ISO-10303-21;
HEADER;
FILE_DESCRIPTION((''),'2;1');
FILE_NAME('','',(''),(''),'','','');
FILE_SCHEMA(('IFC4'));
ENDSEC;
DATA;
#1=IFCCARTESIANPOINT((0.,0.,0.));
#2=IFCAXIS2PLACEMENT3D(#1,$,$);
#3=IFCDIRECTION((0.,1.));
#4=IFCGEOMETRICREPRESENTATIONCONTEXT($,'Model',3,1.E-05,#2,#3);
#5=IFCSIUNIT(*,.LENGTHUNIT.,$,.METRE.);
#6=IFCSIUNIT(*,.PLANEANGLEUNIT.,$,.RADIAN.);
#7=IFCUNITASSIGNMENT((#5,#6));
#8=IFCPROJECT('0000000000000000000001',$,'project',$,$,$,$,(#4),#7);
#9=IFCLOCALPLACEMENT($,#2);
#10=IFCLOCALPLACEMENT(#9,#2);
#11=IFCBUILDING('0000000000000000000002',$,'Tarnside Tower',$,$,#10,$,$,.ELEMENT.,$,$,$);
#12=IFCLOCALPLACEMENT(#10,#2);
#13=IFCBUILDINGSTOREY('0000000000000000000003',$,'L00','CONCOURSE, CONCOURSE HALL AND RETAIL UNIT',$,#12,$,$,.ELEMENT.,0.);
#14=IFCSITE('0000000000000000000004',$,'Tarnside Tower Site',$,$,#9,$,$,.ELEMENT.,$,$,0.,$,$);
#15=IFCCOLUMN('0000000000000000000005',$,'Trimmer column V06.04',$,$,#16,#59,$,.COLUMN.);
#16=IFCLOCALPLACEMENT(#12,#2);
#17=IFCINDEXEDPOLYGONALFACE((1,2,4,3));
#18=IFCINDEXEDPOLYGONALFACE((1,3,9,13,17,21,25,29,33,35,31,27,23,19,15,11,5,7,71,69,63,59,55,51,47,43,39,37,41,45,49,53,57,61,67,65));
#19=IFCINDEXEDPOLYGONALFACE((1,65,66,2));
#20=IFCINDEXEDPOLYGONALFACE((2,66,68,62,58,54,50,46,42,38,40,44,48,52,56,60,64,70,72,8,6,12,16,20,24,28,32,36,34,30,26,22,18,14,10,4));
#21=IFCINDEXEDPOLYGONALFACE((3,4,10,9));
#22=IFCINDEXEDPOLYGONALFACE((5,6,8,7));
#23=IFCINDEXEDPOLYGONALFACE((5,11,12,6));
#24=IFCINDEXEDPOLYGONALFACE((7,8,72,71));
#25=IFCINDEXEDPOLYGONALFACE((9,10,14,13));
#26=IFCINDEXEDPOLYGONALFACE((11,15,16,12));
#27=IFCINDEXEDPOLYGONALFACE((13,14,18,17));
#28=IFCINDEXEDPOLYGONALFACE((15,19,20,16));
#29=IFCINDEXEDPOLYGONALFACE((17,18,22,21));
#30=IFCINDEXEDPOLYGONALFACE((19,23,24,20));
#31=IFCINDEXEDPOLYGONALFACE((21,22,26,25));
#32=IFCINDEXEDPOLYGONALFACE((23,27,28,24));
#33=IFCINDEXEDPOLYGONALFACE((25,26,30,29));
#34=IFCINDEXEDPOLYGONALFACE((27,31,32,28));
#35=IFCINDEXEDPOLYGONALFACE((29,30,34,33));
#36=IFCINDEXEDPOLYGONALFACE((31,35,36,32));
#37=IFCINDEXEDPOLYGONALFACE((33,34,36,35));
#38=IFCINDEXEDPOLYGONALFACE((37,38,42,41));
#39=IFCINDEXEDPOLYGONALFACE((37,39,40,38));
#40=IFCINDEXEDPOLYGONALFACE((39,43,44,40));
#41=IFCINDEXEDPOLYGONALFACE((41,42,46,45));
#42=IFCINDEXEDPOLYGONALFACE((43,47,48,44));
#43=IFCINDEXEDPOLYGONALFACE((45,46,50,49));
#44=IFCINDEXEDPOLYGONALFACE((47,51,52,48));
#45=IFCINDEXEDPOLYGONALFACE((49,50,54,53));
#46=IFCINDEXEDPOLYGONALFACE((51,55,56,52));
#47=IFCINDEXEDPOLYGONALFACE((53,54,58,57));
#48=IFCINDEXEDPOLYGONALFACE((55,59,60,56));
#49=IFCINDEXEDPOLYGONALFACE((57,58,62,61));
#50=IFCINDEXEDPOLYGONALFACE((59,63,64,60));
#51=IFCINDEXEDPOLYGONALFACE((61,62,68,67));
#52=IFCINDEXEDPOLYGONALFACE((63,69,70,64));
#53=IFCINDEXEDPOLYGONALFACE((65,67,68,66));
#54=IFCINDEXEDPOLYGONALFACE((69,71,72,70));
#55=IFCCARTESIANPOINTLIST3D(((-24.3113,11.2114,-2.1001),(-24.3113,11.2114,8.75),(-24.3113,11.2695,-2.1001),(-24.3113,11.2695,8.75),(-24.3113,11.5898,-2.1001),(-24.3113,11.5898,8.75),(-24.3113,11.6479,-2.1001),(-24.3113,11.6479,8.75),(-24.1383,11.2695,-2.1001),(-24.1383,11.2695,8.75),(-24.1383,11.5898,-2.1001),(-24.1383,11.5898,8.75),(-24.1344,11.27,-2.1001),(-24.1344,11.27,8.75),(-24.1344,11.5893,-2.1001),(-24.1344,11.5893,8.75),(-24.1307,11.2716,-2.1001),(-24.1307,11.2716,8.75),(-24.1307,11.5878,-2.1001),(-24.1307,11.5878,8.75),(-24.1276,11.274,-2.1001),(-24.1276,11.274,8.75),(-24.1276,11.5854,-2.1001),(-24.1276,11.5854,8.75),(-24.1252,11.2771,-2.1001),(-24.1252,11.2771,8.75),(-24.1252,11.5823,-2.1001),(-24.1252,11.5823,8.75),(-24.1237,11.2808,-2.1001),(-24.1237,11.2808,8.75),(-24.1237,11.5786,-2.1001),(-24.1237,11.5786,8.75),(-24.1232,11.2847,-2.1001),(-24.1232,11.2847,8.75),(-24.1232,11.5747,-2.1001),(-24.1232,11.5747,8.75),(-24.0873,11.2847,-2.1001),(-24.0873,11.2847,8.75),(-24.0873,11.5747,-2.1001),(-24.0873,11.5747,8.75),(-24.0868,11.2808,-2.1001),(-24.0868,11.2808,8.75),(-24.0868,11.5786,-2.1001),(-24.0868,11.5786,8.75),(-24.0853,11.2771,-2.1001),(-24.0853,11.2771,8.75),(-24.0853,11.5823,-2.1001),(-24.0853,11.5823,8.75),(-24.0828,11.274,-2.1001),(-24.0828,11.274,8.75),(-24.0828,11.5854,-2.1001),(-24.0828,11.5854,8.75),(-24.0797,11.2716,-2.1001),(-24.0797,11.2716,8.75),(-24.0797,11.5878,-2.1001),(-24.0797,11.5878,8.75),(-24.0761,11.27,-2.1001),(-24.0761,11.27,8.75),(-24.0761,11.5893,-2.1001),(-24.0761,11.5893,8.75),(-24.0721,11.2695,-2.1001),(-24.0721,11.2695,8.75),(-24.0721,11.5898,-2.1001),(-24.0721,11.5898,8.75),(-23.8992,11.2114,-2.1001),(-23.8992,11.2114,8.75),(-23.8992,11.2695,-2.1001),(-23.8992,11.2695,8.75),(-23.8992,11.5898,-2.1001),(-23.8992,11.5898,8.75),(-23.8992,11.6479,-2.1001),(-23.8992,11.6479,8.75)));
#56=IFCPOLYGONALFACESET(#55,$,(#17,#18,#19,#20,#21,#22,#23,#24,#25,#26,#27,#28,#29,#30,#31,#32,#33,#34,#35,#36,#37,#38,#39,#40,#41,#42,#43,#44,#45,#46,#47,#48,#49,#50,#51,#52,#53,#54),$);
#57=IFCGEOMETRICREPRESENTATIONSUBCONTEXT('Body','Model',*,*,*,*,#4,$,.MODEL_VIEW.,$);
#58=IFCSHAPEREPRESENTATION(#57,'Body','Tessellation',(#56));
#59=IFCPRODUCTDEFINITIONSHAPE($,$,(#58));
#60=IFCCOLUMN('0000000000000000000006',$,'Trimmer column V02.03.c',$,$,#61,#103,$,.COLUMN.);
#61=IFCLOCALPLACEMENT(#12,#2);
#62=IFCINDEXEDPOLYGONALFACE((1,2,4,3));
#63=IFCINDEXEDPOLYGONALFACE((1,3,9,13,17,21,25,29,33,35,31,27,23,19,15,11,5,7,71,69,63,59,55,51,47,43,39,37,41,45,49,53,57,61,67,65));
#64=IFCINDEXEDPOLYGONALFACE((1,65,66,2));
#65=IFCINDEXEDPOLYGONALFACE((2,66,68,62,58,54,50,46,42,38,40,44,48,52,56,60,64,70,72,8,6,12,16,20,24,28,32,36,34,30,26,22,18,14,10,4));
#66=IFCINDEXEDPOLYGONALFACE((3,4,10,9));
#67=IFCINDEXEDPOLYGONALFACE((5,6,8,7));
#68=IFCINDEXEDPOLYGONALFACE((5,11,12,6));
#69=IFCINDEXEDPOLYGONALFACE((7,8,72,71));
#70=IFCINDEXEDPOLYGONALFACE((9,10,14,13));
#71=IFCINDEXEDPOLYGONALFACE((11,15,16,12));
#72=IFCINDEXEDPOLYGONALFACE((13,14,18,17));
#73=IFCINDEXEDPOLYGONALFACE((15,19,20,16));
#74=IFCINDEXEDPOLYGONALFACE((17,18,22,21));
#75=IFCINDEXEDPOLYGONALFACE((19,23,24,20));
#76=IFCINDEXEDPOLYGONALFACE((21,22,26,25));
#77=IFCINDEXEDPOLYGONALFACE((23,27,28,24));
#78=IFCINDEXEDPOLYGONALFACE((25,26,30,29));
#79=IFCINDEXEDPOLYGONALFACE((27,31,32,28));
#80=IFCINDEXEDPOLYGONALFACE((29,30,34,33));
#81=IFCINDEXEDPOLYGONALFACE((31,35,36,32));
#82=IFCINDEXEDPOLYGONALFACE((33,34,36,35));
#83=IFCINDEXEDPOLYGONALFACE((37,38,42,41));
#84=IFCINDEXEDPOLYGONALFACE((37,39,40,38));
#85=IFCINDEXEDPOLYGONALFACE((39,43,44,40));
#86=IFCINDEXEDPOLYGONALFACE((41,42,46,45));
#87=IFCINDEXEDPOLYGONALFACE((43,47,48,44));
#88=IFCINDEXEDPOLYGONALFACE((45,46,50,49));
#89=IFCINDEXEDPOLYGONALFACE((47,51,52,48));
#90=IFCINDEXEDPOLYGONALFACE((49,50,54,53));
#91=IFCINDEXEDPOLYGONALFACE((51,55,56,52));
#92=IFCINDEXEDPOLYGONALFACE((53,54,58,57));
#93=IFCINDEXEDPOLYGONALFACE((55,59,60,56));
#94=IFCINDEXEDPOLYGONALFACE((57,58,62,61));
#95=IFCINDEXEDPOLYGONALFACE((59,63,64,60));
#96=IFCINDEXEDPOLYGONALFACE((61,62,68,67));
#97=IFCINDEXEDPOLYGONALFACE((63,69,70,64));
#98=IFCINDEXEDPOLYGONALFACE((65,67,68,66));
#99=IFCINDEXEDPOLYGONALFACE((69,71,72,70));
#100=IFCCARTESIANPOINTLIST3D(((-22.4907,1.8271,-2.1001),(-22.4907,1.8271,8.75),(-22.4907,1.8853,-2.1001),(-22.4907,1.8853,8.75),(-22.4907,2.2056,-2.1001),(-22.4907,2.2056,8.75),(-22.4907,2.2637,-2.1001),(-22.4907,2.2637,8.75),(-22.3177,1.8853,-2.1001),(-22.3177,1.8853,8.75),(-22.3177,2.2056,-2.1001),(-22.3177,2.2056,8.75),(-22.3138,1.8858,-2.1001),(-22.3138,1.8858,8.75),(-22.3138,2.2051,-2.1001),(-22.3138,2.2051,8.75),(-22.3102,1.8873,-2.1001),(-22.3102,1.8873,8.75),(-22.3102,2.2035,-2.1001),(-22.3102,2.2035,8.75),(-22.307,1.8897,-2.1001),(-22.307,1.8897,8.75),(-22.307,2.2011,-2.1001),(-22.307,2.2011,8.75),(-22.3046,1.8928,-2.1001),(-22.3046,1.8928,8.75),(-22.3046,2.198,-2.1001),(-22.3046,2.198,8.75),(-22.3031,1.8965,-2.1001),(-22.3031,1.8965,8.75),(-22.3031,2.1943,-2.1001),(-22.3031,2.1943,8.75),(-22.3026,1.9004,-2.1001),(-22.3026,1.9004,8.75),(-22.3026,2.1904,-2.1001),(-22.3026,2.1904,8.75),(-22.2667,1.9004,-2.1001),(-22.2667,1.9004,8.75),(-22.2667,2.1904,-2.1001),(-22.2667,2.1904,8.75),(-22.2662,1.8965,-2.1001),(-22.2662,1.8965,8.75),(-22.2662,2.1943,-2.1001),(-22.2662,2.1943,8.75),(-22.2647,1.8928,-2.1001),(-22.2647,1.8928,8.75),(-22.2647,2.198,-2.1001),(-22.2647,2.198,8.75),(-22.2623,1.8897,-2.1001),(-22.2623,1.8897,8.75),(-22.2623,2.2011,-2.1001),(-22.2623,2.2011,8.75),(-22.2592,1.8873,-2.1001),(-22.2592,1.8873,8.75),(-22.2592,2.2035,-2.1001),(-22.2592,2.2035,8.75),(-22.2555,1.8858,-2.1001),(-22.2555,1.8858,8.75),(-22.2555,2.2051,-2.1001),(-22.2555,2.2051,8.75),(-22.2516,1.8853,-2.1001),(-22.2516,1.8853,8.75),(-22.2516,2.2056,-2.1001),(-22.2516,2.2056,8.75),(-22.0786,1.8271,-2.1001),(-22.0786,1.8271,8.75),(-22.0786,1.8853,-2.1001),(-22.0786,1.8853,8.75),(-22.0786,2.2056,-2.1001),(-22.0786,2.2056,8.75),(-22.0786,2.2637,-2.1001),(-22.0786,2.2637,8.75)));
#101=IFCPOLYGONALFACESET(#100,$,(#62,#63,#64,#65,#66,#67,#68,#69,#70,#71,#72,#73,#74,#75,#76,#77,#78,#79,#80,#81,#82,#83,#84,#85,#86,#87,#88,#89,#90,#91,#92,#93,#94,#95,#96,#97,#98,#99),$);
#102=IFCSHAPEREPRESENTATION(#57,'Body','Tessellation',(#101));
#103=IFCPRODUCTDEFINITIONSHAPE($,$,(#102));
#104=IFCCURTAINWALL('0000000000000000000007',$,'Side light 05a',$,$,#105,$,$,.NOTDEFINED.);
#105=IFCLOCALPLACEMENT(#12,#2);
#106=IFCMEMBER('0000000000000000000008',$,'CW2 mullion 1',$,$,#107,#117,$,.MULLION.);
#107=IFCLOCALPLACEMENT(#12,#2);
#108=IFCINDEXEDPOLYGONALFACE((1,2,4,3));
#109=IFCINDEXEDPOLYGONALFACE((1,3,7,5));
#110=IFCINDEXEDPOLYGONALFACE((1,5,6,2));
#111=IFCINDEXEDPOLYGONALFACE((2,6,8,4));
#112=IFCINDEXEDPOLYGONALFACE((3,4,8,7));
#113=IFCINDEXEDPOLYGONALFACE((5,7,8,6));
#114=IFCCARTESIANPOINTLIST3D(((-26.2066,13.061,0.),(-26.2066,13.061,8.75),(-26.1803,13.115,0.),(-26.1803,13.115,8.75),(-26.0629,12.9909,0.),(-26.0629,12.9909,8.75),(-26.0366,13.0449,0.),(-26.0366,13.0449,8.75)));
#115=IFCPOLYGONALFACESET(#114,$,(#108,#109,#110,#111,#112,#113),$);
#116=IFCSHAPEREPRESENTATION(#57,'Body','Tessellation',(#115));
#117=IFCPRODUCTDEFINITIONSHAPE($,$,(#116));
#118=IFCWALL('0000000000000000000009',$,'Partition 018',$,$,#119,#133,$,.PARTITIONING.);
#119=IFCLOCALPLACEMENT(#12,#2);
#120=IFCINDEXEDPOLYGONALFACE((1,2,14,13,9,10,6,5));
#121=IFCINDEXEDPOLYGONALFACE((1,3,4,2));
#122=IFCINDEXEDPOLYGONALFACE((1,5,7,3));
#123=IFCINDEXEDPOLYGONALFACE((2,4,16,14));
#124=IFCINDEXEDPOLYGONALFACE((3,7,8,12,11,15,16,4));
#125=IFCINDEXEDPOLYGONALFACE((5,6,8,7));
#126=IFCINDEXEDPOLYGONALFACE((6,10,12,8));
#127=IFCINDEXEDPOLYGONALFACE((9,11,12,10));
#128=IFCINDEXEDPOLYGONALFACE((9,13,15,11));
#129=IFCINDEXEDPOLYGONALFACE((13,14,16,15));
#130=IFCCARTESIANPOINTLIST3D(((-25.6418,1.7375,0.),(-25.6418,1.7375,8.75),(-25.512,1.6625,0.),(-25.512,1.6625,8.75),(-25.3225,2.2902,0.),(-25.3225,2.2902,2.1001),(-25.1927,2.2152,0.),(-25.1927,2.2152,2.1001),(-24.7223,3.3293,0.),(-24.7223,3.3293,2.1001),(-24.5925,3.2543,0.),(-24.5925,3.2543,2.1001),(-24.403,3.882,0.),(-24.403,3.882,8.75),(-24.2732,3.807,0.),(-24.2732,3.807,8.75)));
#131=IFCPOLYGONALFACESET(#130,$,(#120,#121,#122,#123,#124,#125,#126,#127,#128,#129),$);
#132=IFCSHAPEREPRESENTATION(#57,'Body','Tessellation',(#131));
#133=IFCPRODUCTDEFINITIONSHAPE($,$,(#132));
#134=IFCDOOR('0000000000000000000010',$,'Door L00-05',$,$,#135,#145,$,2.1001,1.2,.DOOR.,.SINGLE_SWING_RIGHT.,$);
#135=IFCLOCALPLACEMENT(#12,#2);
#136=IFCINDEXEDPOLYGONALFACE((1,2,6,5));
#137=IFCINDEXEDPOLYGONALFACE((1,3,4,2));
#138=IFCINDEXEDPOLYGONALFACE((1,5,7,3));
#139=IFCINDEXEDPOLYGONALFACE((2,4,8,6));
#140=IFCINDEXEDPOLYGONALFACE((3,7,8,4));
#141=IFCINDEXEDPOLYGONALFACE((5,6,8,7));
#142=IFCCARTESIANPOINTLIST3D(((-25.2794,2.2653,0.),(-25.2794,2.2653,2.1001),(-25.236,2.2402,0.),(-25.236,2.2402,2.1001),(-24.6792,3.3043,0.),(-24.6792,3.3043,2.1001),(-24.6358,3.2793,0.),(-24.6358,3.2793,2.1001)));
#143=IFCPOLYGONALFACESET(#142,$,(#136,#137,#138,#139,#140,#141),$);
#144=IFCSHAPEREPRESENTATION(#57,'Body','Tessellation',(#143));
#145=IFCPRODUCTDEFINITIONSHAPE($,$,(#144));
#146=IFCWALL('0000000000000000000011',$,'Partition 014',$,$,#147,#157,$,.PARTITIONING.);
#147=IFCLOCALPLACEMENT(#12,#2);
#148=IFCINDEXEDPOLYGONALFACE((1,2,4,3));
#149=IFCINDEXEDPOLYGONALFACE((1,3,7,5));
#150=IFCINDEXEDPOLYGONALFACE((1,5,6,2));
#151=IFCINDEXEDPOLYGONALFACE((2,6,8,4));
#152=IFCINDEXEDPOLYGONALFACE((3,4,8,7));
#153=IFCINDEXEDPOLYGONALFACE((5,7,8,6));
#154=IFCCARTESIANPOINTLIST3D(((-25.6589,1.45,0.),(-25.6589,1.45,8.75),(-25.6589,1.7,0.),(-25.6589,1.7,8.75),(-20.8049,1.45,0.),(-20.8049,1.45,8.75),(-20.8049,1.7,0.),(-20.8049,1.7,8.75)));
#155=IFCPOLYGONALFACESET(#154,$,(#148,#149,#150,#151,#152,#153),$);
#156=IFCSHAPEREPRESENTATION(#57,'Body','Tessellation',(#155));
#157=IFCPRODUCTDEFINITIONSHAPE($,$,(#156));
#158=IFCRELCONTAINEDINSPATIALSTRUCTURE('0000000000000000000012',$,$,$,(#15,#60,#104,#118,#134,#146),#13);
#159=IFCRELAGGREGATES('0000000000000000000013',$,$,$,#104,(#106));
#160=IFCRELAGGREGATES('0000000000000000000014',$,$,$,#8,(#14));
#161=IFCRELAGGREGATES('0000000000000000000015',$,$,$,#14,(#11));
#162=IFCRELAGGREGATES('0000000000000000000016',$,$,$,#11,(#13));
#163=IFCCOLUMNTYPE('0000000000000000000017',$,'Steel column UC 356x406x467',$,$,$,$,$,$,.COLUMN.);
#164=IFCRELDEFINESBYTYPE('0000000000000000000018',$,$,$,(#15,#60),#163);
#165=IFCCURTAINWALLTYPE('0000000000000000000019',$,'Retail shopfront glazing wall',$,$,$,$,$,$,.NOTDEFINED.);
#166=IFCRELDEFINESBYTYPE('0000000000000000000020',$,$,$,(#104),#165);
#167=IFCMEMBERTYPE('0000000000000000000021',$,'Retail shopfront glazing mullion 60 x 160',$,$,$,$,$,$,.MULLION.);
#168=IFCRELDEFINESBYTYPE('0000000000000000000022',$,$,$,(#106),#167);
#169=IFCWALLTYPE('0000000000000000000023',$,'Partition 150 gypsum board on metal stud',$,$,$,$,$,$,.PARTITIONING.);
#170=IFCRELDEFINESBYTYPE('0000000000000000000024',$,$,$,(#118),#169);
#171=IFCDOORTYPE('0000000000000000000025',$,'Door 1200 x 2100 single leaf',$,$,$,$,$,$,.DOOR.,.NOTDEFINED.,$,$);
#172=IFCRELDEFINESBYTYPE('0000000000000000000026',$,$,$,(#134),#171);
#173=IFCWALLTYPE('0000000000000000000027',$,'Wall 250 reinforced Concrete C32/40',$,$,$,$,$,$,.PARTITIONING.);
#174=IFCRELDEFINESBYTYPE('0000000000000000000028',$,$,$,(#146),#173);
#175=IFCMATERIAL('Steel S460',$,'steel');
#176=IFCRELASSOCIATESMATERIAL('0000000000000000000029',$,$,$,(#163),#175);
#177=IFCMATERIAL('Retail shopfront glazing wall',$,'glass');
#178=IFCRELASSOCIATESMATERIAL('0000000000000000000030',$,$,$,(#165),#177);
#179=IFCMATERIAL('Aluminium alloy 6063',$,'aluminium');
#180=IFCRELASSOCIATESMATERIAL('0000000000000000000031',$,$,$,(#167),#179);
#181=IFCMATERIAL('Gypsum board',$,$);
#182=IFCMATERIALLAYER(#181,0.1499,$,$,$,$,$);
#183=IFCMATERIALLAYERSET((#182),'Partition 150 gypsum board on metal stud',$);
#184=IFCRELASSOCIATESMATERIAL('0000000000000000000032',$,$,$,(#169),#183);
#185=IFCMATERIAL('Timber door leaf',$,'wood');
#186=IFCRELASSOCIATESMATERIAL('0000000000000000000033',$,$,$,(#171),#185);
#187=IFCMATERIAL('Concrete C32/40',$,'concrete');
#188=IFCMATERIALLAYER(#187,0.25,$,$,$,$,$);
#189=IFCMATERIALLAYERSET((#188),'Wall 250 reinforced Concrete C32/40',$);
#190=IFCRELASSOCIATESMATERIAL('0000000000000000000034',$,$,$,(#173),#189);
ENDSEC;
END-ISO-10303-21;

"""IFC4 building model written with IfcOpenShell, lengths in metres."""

from ifc_helpers import new_model, si_unit, direction, frame, frame_2d, origin, origin_2d, place, context, subcontext, project, spatial, rectangle, i_section, extrude, material, layer, layer_set, material_profile, profile_set, type_object, element, fill, aggregate, save


model = new_model("IFC4")

# Units and contexts
model_context = context("Model", 3, precision=1e-05, world=origin(), true_north=direction((0.0, 1.0)))
body_context = subcontext(model_context, "Body", "Model", "MODEL_VIEW")
ifc_project = project(units=[si_unit("LENGTHUNIT", "METRE"), si_unit("PLANEANGLEUNIT", "RADIAN")], contexts=[model_context])

# Site, building, storey
site_placement = place(None, origin())
site = spatial("IfcSite", under=ifc_project, at=site_placement, Name="Tarnside Tower Site", CompositionType="ELEMENT", RefElevation=0.0)
building_placement = place(site_placement, origin())
building = spatial("IfcBuilding", under=site, at=building_placement, Name="Tarnside Tower", CompositionType="ELEMENT")
storey_placement = place(building_placement, origin())
storey = spatial("IfcBuildingStorey", under=building, at=storey_placement, Name="L00", Description="CONCOURSE, CONCOURSE HALL AND RETAIL UNIT", CompositionType="ELEMENT", Elevation=0.0)

# Columns
ifc_material_1 = material(Name="Steel S460", Category="steel")
ifc_material_profile_1 = material_profile(ifc_material_1, i_section(OverallWidth=0.4121, OverallDepth=0.4365, WebThickness=0.0359, FlangeThickness=0.0581, FilletRadius=0.0151, at=origin_2d()), Name="UC 356x406x467")
ifc_profile_set_1 = profile_set([ifc_material_profile_1], Name="Steel S460")
column_type_1 = type_object("IfcColumnType", Name="Steel column UC 356x406x467", PredefinedType="COLUMN", material=ifc_profile_set_1)
for number, where, z_axis, x_axis, name in (
    (1, (-24.1052, 11.4297, -2.1001), (0.0, 0.0, 1.0), (1.0, 0.0, 0.0), "Trimmer column V06.04"),
    (2, (-22.2847, 2.0454, -2.1001), (0.0, 0.0, 1.0), (1.0, 0.0, 0.0), "Trimmer column V02.03.c"),
):
    element("IfcColumn", number, at=place(storey_placement, frame(where, z_axis=z_axis, x_axis=x_axis)), inside=storey, type_object=column_type_1, Name=name, PredefinedType="COLUMN", context=body_context, shape_type="SweptSolid", body=[
        extrude(i_section(OverallWidth=0.4121, OverallDepth=0.4365, WebThickness=0.0359, FlangeThickness=0.0581, FilletRadius=0.0151, at=origin_2d()), origin(), (0.0, 0.0, 1.0), 10.8501),
    ])

# Curtain wall, member
ifc_material_2 = material(Name="Retail shopfront glazing wall", Category="glass")
curtain_wall_type = type_object("IfcCurtainWallType", Name="Retail shopfront glazing wall", PredefinedType="NOTDEFINED", material=ifc_material_2)
curtain_wall_placement = place(storey_placement, origin())
curtain_wall = element("IfcCurtainWall", 3, at=curtain_wall_placement, inside=storey, type_object=curtain_wall_type, Name="Side light 05a", PredefinedType="NOTDEFINED")
ifc_material_3 = material(Name="Aluminium alloy 6063", Category="aluminium")
ifc_material_profile_2 = material_profile(ifc_material_3, rectangle(XDim=0.1599, YDim=0.0601, at=origin_2d()), Name="Retail shopfront glazing mullion 60 x 160")
ifc_profile_set_2 = profile_set([ifc_material_profile_2], Name="Aluminium alloy 6063")
member_type = type_object("IfcMemberType", Name="Retail shopfront glazing mullion 60 x 160", PredefinedType="MULLION", material=ifc_profile_set_2)
member_placement = place(storey_placement, frame((-26.1216, 13.053, 0.0), z_axis=(0.0, 0.0, 1.0), x_axis=(0.898794, -0.438371, 0.0)))
member = element("IfcMember", 4, at=member_placement, type_object=member_type, Name="CW2 mullion 1", PredefinedType="MULLION", context=body_context, shape_type="SweptSolid", body=[
    extrude(rectangle(XDim=0.1599, YDim=0.0601, at=origin_2d()), origin(), (0.0, 0.0, 1.0), 8.75),
])
aggregate(curtain_wall, [member])

# Wall, opening, door
ifc_material_4 = material(Name="Gypsum board")
ifc_layer_1 = layer(ifc_material_4, 0.1499)
ifc_layer_set_1 = layer_set([ifc_layer_1], Name="Partition 150 gypsum board on metal stud")
wall_type_1 = type_object("IfcWallType", Name="Partition 150 gypsum board on metal stud", PredefinedType="PARTITIONING", material=ifc_layer_set_1)
wall_1_placement = place(storey_placement, frame((-24.3381, 3.8445, 0.0), z_axis=(0.0, 0.0, 1.0), x_axis=(-0.500189, -0.865916, 0.0)))
wall_1 = element("IfcWall", 5, at=wall_1_placement, inside=storey, type_object=wall_type_1, Name="Partition 018", PredefinedType="PARTITIONING", context=body_context, shape_type="SweptSolid", body=[
    extrude(rectangle(XDim=2.4766, YDim=0.1499, at=frame_2d((1.2383, 0.0))), origin(), (0.0, 0.0, 1.0), 8.75),
])
opening_placement = place(wall_1_placement, frame((0.6382, 0.0, 0.0)))
opening = element("IfcOpeningElement", 6, at=opening_placement, cuts=wall_1, PredefinedType="OPENING", context=body_context, shape_type="SweptSolid", body=[
    extrude(rectangle(XDim=1.2, YDim=2.1001, at=frame_2d((0.6001, 1.05))), frame((0.0, 0.085, 0.0), z_axis=(0.0, -1.0, 0.0), x_axis=(1.0, 0.0, 0.0)), (0.0, 0.0, 1.0), 0.1699),
])
ifc_material_5 = material(Name="Timber door leaf", Category="wood")
door_type = type_object("IfcDoorType", Name="Door 1200 x 2100 single leaf", OperationType="NOTDEFINED", PredefinedType="DOOR", material=ifc_material_5)
door_placement = place(opening_placement, origin())
door = element("IfcDoor", 7, at=door_placement, inside=storey, type_object=door_type, Name="Door L00-05", OperationType="SINGLE_SWING_RIGHT", OverallHeight=2.1001, OverallWidth=1.2, PredefinedType="DOOR", context=body_context, shape_type="SweptSolid", body=[
    extrude(rectangle(XDim=1.2, YDim=2.1001, at=frame_2d((0.6001, 1.05))), frame((0.0, 0.0249, 0.0), z_axis=(0.0, -1.0, 0.0), x_axis=(1.0, 0.0, 0.0)), (0.0, 0.0, 1.0), 0.05),
])
fill(opening, door)

# Wall
ifc_material_6 = material(Name="Concrete C32/40", Category="concrete")
ifc_layer_2 = layer(ifc_material_6, 0.25)
ifc_layer_set_2 = layer_set([ifc_layer_2], Name="Wall 250 reinforced Concrete C32/40")
wall_type_2 = type_object("IfcWallType", Name="Wall 250 reinforced Concrete C32/40", PredefinedType="PARTITIONING", material=ifc_layer_set_2)
wall_2_placement = place(storey_placement, frame((-25.6589, 1.575, 0.0), z_axis=(0.0, 0.0, 1.0), x_axis=(1.0, 0.0, 0.0)))
element("IfcWall", 8, at=wall_2_placement, inside=storey, type_object=wall_type_2, Name="Partition 014", PredefinedType="PARTITIONING", context=body_context, shape_type="SweptSolid", body=[
    extrude(rectangle(XDim=4.854, YDim=0.25, at=frame_2d((2.427, 0.0))), origin(), (0.0, 0.0, 1.0), 8.75),
])

save(model, "model.ifc")
